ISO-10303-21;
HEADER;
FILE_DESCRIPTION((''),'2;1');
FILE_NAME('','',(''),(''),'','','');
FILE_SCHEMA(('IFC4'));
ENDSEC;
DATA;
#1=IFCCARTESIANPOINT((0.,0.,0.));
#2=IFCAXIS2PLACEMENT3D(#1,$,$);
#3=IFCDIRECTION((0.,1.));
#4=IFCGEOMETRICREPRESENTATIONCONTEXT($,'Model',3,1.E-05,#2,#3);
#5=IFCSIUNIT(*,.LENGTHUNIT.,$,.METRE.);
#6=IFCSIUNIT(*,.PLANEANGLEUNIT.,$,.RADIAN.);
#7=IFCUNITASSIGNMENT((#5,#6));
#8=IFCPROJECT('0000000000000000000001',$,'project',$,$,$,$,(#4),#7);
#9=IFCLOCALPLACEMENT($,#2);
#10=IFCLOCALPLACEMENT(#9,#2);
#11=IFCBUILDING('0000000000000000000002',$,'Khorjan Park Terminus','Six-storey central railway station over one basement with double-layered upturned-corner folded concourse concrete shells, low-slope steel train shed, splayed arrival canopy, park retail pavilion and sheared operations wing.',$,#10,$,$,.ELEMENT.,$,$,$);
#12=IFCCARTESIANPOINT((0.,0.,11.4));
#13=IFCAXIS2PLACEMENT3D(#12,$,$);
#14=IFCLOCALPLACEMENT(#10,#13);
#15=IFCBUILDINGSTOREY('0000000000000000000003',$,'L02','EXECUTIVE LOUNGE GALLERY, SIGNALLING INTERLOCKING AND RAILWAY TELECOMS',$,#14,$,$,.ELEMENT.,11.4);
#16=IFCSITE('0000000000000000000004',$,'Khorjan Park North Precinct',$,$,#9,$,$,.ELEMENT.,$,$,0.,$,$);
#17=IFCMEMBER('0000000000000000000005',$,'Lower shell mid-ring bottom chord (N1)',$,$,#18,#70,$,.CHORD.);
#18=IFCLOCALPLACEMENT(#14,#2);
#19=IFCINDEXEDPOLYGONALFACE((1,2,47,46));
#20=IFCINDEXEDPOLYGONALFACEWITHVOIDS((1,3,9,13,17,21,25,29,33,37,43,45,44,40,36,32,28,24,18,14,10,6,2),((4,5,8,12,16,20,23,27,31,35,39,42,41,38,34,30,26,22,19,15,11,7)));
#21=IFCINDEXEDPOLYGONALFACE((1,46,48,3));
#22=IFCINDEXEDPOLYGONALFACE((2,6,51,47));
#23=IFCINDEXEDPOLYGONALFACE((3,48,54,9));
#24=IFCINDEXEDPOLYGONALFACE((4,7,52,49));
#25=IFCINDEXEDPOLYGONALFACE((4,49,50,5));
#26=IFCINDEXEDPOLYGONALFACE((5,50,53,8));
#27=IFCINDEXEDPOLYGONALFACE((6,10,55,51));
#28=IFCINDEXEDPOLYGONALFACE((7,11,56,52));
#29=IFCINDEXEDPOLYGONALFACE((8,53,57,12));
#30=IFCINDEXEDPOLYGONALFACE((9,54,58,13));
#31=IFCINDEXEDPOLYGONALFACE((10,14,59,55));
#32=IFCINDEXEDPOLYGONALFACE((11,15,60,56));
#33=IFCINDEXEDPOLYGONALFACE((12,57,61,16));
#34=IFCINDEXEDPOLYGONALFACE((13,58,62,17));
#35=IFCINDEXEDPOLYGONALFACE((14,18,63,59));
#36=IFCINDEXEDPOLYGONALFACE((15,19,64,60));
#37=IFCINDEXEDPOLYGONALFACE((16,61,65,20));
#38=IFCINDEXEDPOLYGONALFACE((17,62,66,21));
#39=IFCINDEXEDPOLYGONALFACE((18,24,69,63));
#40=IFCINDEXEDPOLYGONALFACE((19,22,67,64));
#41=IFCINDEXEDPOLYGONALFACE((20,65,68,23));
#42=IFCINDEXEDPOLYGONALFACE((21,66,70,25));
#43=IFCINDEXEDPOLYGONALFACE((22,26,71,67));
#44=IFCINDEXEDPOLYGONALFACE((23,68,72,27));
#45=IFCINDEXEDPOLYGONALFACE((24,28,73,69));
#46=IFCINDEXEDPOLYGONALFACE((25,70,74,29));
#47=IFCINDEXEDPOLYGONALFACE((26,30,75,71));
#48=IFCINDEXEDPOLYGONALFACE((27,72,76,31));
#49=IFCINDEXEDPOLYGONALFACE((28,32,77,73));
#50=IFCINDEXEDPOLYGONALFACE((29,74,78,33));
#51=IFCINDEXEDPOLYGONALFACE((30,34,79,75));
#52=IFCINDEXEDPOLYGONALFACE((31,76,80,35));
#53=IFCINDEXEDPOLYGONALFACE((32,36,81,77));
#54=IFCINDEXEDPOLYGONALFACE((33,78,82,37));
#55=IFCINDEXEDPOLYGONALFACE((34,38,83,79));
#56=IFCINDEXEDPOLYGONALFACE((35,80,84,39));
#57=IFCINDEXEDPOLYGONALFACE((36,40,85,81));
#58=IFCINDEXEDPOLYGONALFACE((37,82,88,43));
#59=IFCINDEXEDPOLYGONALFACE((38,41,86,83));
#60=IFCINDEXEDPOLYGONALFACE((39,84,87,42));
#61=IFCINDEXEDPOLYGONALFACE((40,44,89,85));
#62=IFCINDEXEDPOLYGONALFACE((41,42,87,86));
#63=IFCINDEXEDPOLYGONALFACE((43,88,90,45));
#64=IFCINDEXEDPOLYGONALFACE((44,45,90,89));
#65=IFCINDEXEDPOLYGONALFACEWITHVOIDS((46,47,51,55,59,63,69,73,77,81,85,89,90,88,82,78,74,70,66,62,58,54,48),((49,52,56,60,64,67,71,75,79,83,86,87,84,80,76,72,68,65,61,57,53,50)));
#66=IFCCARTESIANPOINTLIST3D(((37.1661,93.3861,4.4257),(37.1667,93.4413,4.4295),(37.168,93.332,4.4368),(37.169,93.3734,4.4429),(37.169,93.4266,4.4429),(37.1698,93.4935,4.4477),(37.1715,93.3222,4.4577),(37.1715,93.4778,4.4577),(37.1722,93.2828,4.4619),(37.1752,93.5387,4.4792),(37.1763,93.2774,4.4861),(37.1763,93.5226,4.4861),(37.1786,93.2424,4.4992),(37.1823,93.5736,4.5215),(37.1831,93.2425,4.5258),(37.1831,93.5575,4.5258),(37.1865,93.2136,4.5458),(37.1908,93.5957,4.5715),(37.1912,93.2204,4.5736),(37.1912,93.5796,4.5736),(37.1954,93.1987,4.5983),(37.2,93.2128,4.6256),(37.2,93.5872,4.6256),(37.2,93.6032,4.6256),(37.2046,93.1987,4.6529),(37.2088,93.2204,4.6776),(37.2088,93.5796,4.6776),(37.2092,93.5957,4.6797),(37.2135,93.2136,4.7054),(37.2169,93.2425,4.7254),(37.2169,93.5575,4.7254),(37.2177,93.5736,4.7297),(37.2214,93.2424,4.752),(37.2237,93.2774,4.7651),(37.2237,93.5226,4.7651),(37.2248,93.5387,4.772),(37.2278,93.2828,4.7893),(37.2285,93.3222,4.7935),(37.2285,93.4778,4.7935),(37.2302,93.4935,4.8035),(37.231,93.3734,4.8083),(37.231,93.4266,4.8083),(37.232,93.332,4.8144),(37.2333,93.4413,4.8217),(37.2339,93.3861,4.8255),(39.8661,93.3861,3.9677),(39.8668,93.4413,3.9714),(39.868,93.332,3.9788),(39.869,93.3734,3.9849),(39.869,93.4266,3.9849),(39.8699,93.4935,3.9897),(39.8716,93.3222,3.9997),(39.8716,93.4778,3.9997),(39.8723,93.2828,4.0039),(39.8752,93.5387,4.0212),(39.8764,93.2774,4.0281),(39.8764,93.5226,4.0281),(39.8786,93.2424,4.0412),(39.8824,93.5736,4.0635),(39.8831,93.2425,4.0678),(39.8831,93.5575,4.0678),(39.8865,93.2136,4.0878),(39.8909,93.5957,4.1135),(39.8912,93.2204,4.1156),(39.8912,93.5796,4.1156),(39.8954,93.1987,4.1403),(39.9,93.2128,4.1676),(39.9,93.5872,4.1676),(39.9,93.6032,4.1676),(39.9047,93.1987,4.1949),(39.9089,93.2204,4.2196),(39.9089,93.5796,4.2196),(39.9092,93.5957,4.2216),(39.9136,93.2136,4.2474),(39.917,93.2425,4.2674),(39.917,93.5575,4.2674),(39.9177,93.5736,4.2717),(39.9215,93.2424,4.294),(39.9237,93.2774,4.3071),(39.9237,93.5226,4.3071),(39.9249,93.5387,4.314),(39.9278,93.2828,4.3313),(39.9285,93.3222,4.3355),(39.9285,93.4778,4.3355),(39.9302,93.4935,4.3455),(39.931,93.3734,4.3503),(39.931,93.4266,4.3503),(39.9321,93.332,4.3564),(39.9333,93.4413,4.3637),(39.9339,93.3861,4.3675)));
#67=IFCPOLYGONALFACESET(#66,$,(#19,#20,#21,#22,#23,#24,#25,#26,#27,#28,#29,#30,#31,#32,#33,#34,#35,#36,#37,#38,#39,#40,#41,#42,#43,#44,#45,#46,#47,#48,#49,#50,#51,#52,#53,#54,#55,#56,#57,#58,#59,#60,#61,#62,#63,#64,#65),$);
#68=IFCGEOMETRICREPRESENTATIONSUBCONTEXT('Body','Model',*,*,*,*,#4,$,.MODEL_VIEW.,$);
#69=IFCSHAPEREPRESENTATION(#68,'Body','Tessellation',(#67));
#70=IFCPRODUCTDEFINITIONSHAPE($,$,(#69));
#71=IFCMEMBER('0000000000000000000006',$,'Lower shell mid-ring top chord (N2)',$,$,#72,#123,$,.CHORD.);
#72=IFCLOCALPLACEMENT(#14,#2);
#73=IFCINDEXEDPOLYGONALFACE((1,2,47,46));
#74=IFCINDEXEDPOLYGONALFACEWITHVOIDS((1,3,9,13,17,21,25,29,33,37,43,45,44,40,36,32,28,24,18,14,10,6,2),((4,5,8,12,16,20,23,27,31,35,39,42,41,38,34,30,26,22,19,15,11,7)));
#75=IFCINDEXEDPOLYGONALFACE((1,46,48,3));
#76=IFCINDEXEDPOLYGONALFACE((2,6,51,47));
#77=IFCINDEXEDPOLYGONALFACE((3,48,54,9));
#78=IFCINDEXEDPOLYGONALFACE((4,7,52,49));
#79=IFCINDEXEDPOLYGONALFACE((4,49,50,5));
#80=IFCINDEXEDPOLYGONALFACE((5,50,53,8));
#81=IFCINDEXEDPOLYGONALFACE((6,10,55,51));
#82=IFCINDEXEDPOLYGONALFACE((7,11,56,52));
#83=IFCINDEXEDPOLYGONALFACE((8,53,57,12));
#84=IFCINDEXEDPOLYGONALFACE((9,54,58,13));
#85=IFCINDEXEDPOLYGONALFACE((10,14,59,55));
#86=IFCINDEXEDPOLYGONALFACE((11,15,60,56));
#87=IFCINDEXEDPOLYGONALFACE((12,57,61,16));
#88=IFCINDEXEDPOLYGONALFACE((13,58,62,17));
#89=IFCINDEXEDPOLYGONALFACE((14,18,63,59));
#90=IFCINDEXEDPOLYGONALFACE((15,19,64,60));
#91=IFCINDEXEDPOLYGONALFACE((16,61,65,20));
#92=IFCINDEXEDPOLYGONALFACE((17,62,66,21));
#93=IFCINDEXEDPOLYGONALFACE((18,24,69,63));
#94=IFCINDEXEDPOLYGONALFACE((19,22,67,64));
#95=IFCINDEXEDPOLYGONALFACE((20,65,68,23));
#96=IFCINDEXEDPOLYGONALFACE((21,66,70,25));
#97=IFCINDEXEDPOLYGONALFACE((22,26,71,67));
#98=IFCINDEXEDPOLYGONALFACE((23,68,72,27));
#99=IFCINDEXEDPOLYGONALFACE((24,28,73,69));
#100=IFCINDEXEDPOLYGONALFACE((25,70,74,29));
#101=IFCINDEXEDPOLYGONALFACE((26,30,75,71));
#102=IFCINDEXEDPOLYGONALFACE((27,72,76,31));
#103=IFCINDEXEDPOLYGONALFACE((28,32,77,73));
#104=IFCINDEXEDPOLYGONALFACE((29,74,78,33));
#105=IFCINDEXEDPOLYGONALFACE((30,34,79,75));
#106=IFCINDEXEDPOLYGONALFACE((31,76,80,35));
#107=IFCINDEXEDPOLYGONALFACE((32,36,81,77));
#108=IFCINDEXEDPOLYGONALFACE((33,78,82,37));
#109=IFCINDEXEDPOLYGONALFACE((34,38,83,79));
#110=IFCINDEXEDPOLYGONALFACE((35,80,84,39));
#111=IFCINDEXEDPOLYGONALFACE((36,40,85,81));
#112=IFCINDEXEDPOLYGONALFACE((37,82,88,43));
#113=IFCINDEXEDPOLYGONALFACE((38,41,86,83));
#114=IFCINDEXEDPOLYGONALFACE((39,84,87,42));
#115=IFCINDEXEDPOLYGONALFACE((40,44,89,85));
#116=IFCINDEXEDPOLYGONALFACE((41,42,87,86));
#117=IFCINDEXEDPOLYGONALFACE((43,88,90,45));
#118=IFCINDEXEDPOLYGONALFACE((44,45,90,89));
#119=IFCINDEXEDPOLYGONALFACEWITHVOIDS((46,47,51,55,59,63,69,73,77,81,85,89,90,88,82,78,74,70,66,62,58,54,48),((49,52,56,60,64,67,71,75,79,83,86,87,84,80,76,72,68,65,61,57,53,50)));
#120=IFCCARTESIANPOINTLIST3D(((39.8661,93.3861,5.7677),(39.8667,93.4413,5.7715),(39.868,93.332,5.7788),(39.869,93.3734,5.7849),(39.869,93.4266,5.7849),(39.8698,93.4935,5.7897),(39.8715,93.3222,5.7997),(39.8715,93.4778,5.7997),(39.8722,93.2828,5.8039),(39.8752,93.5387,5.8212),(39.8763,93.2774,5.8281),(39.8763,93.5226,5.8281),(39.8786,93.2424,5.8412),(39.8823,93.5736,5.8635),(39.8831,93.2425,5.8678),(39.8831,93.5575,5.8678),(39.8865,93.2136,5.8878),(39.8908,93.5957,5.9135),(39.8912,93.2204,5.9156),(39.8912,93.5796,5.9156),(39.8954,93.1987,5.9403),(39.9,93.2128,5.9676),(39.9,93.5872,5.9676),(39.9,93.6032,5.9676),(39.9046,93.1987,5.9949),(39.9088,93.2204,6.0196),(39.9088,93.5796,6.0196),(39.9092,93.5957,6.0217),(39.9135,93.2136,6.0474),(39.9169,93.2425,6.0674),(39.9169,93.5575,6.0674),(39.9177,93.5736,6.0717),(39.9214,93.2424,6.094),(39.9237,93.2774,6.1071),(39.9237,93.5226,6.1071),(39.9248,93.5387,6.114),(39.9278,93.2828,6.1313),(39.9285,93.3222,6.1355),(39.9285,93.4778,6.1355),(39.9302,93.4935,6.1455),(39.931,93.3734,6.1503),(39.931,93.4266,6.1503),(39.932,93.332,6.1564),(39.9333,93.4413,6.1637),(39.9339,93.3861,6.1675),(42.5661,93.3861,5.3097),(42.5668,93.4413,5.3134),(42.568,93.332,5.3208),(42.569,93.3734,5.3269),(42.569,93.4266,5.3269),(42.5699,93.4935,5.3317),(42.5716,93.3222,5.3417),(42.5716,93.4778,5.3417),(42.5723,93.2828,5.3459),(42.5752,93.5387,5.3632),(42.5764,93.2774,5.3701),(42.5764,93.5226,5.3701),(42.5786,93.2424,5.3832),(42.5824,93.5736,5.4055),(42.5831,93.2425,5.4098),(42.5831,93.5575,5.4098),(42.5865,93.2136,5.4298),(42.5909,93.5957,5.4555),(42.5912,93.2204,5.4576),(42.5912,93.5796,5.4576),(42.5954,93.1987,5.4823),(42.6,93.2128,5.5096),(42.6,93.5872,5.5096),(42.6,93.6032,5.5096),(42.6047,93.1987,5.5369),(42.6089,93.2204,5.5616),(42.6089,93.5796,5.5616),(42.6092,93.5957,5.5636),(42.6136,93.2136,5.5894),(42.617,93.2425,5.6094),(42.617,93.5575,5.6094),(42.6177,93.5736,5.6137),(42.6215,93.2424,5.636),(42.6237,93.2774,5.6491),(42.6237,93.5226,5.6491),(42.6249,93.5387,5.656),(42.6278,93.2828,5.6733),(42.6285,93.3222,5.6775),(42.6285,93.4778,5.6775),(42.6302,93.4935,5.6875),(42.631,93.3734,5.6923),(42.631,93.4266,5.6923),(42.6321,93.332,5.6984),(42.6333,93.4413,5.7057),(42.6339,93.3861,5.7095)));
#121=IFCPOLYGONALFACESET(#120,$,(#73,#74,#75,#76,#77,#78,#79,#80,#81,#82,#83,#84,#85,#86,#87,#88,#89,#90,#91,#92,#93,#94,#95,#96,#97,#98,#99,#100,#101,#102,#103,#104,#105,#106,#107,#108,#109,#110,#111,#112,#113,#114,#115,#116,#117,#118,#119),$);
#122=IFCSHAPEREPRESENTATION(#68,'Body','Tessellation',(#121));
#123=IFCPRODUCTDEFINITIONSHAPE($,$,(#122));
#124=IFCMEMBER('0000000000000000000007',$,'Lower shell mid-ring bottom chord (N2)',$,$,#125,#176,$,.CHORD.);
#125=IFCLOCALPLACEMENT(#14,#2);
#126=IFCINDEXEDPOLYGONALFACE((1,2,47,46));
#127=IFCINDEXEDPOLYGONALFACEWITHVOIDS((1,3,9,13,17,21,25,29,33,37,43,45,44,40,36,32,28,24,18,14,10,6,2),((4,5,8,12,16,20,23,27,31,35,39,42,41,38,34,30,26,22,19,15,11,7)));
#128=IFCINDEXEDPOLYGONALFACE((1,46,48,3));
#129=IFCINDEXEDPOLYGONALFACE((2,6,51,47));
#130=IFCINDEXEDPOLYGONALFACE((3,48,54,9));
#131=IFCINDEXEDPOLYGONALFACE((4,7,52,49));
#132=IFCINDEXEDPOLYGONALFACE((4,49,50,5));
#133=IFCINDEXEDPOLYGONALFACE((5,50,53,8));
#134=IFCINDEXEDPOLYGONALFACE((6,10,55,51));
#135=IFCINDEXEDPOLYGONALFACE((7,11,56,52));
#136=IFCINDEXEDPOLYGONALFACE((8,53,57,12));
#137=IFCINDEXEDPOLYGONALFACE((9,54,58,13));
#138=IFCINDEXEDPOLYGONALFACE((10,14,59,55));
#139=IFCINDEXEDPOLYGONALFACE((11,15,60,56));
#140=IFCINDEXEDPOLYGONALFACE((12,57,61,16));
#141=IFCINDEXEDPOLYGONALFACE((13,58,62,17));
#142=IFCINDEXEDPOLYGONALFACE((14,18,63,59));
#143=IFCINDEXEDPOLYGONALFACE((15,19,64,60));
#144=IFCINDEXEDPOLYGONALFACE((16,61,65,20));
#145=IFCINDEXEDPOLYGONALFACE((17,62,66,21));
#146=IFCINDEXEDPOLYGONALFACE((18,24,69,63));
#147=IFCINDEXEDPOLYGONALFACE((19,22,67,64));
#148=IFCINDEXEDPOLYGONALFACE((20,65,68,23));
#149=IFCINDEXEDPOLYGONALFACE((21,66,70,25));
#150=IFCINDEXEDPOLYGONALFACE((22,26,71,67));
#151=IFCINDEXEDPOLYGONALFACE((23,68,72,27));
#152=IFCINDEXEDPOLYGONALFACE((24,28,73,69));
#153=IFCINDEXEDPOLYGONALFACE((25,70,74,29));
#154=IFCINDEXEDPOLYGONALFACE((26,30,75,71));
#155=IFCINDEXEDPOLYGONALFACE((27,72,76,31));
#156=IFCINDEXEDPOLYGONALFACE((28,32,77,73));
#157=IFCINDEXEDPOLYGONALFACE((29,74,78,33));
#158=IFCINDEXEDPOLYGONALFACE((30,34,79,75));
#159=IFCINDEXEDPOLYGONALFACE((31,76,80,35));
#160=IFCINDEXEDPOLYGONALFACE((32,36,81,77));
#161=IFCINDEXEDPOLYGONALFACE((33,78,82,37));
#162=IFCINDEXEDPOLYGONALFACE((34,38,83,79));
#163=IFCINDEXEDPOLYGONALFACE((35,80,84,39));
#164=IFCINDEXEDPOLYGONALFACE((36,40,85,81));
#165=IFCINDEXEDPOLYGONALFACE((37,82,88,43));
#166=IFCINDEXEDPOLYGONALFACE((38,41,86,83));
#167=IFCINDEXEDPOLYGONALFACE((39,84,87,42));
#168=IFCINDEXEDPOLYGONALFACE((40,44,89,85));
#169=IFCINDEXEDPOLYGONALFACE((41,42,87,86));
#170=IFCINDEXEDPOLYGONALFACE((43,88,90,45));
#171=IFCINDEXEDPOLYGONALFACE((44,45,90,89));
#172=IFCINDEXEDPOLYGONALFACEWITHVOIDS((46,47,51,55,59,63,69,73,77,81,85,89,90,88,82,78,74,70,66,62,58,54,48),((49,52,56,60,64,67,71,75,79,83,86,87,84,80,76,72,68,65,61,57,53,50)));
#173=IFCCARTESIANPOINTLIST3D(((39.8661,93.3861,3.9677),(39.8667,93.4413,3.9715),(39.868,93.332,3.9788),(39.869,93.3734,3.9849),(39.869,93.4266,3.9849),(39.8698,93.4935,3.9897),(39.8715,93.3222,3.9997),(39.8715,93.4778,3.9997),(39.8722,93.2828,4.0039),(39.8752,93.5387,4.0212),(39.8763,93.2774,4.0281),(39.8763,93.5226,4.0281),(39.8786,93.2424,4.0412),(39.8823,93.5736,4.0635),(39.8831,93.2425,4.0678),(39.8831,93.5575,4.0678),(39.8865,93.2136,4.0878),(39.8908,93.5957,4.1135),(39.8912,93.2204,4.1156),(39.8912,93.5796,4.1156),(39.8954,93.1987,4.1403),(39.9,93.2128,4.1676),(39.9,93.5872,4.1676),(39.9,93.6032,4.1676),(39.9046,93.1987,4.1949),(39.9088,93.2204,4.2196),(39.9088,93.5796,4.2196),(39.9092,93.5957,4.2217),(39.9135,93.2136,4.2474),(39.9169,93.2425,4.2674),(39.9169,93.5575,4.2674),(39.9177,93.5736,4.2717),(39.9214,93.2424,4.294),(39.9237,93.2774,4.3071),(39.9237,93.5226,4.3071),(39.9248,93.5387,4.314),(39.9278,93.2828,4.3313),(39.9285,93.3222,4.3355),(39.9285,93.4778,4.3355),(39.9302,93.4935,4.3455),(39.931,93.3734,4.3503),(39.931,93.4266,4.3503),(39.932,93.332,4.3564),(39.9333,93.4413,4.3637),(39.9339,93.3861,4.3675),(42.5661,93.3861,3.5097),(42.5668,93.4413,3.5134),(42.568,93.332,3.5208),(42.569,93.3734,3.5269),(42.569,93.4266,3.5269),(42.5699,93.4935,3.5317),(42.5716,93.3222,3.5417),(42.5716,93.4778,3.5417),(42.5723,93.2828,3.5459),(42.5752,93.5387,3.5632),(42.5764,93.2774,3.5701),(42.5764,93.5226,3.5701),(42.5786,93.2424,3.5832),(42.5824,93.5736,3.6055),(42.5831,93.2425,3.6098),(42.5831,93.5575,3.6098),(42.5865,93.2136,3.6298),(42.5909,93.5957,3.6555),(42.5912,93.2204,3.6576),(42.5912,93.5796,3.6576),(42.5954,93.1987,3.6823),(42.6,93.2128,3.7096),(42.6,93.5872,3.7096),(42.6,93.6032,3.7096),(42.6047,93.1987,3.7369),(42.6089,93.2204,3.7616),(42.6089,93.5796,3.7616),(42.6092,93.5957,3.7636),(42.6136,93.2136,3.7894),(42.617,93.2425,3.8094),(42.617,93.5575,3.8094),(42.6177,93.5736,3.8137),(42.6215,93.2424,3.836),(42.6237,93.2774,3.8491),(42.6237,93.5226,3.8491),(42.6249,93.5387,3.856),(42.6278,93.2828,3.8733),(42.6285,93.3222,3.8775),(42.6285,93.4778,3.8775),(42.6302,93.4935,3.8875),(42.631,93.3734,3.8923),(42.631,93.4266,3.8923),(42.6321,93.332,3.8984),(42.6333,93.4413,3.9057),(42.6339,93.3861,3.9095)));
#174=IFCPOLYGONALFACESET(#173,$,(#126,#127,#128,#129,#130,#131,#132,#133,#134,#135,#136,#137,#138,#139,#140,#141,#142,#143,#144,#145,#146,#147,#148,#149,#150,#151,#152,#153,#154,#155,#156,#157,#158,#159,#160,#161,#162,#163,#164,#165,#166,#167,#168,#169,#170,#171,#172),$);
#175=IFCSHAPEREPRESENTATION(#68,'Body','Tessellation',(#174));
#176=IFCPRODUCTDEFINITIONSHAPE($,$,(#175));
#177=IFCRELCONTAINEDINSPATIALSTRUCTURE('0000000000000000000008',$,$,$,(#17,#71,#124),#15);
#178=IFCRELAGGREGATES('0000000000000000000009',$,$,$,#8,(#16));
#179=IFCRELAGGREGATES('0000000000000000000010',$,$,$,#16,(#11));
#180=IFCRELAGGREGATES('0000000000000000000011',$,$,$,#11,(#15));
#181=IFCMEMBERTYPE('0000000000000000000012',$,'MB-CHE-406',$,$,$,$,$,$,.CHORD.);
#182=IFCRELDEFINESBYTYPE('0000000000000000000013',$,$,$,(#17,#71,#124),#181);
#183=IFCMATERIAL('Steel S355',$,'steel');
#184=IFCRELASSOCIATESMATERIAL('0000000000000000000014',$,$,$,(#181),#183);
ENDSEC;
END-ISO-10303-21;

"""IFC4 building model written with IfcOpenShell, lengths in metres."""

from ifc_helpers import new_model, si_unit, direction, frame, origin, origin_2d, place, context, subcontext, project, spatial, hollow_circle, extrude, material, material_profile, profile_set, type_object, element, save


model = new_model("IFC4")

# Units and contexts
model_context = context("Model", 3, precision=1e-05, world=origin(), true_north=direction((0.0, 1.0)))
body_context = subcontext(model_context, "Body", "Model", "MODEL_VIEW")
ifc_project = project(units=[si_unit("LENGTHUNIT", "METRE"), si_unit("PLANEANGLEUNIT", "RADIAN")], contexts=[model_context])

# Site, building, storey
site_placement = place(None, origin())
site = spatial("IfcSite", under=ifc_project, at=site_placement, Name="Khorjan Park North Precinct", CompositionType="ELEMENT", RefElevation=0.0)
building_placement = place(site_placement, origin())
building = spatial("IfcBuilding", under=site, at=building_placement, Name="Khorjan Park Terminus", Description="Six-storey central railway station over one basement with double-layered upturned-corner folded concourse concrete shells, low-slope steel train shed, splayed arrival canopy, park retail pavilion and sheared operations wing.", CompositionType="ELEMENT")
storey_placement = place(building_placement, frame((0.0, 0.0, 11.4)))
storey = spatial("IfcBuildingStorey", under=building, at=storey_placement, Name="L02", Description="EXECUTIVE LOUNGE GALLERY, SIGNALLING INTERLOCKING AND RAILWAY TELECOMS", CompositionType="ELEMENT", Elevation=11.4)

# Members
ifc_material_1 = material(Name="Steel S355", Category="steel")
ifc_material_profile_1 = material_profile(ifc_material_1, hollow_circle(Radius=0.2032, WallThickness=0.016, at=origin_2d()), Name="CHS 406.4x16")
ifc_profile_set_1 = profile_set([ifc_material_profile_1], Name="Steel S355")
member_type_1 = type_object("IfcMemberType", Name="MB-CHE-406", PredefinedType="CHORD", material=ifc_profile_set_1)
for number, where, z_axis, x_axis, name in (
    (1, (37.2, 93.4, 4.6256), (0.985916, 0.0, -0.167241), (0.0, 1.0, 0.0), "Lower shell mid-ring bottom chord (N1)"),
    (2, (39.9, 93.4, 5.9676), (0.985916, 0.0, -0.167241), (0.0, 1.0, 0.0), "Lower shell mid-ring top chord (N2)"),
    (3, (39.9, 93.4, 4.1676), (0.985916, 0.0, -0.167241), (0.0, 1.0, 0.0), "Lower shell mid-ring bottom chord (N2)"),
):
    element("IfcMember", number, at=place(storey_placement, frame(where, z_axis=z_axis, x_axis=x_axis)), inside=storey, type_object=member_type_1, Name=name, PredefinedType="CHORD", context=body_context, shape_type="SweptSolid", body=[
        extrude(hollow_circle(Radius=0.2032, WallThickness=0.016, at=origin_2d()), origin(), (0.0, 0.0, 1.0), 2.7386),
    ])

save(model, "model.ifc")
